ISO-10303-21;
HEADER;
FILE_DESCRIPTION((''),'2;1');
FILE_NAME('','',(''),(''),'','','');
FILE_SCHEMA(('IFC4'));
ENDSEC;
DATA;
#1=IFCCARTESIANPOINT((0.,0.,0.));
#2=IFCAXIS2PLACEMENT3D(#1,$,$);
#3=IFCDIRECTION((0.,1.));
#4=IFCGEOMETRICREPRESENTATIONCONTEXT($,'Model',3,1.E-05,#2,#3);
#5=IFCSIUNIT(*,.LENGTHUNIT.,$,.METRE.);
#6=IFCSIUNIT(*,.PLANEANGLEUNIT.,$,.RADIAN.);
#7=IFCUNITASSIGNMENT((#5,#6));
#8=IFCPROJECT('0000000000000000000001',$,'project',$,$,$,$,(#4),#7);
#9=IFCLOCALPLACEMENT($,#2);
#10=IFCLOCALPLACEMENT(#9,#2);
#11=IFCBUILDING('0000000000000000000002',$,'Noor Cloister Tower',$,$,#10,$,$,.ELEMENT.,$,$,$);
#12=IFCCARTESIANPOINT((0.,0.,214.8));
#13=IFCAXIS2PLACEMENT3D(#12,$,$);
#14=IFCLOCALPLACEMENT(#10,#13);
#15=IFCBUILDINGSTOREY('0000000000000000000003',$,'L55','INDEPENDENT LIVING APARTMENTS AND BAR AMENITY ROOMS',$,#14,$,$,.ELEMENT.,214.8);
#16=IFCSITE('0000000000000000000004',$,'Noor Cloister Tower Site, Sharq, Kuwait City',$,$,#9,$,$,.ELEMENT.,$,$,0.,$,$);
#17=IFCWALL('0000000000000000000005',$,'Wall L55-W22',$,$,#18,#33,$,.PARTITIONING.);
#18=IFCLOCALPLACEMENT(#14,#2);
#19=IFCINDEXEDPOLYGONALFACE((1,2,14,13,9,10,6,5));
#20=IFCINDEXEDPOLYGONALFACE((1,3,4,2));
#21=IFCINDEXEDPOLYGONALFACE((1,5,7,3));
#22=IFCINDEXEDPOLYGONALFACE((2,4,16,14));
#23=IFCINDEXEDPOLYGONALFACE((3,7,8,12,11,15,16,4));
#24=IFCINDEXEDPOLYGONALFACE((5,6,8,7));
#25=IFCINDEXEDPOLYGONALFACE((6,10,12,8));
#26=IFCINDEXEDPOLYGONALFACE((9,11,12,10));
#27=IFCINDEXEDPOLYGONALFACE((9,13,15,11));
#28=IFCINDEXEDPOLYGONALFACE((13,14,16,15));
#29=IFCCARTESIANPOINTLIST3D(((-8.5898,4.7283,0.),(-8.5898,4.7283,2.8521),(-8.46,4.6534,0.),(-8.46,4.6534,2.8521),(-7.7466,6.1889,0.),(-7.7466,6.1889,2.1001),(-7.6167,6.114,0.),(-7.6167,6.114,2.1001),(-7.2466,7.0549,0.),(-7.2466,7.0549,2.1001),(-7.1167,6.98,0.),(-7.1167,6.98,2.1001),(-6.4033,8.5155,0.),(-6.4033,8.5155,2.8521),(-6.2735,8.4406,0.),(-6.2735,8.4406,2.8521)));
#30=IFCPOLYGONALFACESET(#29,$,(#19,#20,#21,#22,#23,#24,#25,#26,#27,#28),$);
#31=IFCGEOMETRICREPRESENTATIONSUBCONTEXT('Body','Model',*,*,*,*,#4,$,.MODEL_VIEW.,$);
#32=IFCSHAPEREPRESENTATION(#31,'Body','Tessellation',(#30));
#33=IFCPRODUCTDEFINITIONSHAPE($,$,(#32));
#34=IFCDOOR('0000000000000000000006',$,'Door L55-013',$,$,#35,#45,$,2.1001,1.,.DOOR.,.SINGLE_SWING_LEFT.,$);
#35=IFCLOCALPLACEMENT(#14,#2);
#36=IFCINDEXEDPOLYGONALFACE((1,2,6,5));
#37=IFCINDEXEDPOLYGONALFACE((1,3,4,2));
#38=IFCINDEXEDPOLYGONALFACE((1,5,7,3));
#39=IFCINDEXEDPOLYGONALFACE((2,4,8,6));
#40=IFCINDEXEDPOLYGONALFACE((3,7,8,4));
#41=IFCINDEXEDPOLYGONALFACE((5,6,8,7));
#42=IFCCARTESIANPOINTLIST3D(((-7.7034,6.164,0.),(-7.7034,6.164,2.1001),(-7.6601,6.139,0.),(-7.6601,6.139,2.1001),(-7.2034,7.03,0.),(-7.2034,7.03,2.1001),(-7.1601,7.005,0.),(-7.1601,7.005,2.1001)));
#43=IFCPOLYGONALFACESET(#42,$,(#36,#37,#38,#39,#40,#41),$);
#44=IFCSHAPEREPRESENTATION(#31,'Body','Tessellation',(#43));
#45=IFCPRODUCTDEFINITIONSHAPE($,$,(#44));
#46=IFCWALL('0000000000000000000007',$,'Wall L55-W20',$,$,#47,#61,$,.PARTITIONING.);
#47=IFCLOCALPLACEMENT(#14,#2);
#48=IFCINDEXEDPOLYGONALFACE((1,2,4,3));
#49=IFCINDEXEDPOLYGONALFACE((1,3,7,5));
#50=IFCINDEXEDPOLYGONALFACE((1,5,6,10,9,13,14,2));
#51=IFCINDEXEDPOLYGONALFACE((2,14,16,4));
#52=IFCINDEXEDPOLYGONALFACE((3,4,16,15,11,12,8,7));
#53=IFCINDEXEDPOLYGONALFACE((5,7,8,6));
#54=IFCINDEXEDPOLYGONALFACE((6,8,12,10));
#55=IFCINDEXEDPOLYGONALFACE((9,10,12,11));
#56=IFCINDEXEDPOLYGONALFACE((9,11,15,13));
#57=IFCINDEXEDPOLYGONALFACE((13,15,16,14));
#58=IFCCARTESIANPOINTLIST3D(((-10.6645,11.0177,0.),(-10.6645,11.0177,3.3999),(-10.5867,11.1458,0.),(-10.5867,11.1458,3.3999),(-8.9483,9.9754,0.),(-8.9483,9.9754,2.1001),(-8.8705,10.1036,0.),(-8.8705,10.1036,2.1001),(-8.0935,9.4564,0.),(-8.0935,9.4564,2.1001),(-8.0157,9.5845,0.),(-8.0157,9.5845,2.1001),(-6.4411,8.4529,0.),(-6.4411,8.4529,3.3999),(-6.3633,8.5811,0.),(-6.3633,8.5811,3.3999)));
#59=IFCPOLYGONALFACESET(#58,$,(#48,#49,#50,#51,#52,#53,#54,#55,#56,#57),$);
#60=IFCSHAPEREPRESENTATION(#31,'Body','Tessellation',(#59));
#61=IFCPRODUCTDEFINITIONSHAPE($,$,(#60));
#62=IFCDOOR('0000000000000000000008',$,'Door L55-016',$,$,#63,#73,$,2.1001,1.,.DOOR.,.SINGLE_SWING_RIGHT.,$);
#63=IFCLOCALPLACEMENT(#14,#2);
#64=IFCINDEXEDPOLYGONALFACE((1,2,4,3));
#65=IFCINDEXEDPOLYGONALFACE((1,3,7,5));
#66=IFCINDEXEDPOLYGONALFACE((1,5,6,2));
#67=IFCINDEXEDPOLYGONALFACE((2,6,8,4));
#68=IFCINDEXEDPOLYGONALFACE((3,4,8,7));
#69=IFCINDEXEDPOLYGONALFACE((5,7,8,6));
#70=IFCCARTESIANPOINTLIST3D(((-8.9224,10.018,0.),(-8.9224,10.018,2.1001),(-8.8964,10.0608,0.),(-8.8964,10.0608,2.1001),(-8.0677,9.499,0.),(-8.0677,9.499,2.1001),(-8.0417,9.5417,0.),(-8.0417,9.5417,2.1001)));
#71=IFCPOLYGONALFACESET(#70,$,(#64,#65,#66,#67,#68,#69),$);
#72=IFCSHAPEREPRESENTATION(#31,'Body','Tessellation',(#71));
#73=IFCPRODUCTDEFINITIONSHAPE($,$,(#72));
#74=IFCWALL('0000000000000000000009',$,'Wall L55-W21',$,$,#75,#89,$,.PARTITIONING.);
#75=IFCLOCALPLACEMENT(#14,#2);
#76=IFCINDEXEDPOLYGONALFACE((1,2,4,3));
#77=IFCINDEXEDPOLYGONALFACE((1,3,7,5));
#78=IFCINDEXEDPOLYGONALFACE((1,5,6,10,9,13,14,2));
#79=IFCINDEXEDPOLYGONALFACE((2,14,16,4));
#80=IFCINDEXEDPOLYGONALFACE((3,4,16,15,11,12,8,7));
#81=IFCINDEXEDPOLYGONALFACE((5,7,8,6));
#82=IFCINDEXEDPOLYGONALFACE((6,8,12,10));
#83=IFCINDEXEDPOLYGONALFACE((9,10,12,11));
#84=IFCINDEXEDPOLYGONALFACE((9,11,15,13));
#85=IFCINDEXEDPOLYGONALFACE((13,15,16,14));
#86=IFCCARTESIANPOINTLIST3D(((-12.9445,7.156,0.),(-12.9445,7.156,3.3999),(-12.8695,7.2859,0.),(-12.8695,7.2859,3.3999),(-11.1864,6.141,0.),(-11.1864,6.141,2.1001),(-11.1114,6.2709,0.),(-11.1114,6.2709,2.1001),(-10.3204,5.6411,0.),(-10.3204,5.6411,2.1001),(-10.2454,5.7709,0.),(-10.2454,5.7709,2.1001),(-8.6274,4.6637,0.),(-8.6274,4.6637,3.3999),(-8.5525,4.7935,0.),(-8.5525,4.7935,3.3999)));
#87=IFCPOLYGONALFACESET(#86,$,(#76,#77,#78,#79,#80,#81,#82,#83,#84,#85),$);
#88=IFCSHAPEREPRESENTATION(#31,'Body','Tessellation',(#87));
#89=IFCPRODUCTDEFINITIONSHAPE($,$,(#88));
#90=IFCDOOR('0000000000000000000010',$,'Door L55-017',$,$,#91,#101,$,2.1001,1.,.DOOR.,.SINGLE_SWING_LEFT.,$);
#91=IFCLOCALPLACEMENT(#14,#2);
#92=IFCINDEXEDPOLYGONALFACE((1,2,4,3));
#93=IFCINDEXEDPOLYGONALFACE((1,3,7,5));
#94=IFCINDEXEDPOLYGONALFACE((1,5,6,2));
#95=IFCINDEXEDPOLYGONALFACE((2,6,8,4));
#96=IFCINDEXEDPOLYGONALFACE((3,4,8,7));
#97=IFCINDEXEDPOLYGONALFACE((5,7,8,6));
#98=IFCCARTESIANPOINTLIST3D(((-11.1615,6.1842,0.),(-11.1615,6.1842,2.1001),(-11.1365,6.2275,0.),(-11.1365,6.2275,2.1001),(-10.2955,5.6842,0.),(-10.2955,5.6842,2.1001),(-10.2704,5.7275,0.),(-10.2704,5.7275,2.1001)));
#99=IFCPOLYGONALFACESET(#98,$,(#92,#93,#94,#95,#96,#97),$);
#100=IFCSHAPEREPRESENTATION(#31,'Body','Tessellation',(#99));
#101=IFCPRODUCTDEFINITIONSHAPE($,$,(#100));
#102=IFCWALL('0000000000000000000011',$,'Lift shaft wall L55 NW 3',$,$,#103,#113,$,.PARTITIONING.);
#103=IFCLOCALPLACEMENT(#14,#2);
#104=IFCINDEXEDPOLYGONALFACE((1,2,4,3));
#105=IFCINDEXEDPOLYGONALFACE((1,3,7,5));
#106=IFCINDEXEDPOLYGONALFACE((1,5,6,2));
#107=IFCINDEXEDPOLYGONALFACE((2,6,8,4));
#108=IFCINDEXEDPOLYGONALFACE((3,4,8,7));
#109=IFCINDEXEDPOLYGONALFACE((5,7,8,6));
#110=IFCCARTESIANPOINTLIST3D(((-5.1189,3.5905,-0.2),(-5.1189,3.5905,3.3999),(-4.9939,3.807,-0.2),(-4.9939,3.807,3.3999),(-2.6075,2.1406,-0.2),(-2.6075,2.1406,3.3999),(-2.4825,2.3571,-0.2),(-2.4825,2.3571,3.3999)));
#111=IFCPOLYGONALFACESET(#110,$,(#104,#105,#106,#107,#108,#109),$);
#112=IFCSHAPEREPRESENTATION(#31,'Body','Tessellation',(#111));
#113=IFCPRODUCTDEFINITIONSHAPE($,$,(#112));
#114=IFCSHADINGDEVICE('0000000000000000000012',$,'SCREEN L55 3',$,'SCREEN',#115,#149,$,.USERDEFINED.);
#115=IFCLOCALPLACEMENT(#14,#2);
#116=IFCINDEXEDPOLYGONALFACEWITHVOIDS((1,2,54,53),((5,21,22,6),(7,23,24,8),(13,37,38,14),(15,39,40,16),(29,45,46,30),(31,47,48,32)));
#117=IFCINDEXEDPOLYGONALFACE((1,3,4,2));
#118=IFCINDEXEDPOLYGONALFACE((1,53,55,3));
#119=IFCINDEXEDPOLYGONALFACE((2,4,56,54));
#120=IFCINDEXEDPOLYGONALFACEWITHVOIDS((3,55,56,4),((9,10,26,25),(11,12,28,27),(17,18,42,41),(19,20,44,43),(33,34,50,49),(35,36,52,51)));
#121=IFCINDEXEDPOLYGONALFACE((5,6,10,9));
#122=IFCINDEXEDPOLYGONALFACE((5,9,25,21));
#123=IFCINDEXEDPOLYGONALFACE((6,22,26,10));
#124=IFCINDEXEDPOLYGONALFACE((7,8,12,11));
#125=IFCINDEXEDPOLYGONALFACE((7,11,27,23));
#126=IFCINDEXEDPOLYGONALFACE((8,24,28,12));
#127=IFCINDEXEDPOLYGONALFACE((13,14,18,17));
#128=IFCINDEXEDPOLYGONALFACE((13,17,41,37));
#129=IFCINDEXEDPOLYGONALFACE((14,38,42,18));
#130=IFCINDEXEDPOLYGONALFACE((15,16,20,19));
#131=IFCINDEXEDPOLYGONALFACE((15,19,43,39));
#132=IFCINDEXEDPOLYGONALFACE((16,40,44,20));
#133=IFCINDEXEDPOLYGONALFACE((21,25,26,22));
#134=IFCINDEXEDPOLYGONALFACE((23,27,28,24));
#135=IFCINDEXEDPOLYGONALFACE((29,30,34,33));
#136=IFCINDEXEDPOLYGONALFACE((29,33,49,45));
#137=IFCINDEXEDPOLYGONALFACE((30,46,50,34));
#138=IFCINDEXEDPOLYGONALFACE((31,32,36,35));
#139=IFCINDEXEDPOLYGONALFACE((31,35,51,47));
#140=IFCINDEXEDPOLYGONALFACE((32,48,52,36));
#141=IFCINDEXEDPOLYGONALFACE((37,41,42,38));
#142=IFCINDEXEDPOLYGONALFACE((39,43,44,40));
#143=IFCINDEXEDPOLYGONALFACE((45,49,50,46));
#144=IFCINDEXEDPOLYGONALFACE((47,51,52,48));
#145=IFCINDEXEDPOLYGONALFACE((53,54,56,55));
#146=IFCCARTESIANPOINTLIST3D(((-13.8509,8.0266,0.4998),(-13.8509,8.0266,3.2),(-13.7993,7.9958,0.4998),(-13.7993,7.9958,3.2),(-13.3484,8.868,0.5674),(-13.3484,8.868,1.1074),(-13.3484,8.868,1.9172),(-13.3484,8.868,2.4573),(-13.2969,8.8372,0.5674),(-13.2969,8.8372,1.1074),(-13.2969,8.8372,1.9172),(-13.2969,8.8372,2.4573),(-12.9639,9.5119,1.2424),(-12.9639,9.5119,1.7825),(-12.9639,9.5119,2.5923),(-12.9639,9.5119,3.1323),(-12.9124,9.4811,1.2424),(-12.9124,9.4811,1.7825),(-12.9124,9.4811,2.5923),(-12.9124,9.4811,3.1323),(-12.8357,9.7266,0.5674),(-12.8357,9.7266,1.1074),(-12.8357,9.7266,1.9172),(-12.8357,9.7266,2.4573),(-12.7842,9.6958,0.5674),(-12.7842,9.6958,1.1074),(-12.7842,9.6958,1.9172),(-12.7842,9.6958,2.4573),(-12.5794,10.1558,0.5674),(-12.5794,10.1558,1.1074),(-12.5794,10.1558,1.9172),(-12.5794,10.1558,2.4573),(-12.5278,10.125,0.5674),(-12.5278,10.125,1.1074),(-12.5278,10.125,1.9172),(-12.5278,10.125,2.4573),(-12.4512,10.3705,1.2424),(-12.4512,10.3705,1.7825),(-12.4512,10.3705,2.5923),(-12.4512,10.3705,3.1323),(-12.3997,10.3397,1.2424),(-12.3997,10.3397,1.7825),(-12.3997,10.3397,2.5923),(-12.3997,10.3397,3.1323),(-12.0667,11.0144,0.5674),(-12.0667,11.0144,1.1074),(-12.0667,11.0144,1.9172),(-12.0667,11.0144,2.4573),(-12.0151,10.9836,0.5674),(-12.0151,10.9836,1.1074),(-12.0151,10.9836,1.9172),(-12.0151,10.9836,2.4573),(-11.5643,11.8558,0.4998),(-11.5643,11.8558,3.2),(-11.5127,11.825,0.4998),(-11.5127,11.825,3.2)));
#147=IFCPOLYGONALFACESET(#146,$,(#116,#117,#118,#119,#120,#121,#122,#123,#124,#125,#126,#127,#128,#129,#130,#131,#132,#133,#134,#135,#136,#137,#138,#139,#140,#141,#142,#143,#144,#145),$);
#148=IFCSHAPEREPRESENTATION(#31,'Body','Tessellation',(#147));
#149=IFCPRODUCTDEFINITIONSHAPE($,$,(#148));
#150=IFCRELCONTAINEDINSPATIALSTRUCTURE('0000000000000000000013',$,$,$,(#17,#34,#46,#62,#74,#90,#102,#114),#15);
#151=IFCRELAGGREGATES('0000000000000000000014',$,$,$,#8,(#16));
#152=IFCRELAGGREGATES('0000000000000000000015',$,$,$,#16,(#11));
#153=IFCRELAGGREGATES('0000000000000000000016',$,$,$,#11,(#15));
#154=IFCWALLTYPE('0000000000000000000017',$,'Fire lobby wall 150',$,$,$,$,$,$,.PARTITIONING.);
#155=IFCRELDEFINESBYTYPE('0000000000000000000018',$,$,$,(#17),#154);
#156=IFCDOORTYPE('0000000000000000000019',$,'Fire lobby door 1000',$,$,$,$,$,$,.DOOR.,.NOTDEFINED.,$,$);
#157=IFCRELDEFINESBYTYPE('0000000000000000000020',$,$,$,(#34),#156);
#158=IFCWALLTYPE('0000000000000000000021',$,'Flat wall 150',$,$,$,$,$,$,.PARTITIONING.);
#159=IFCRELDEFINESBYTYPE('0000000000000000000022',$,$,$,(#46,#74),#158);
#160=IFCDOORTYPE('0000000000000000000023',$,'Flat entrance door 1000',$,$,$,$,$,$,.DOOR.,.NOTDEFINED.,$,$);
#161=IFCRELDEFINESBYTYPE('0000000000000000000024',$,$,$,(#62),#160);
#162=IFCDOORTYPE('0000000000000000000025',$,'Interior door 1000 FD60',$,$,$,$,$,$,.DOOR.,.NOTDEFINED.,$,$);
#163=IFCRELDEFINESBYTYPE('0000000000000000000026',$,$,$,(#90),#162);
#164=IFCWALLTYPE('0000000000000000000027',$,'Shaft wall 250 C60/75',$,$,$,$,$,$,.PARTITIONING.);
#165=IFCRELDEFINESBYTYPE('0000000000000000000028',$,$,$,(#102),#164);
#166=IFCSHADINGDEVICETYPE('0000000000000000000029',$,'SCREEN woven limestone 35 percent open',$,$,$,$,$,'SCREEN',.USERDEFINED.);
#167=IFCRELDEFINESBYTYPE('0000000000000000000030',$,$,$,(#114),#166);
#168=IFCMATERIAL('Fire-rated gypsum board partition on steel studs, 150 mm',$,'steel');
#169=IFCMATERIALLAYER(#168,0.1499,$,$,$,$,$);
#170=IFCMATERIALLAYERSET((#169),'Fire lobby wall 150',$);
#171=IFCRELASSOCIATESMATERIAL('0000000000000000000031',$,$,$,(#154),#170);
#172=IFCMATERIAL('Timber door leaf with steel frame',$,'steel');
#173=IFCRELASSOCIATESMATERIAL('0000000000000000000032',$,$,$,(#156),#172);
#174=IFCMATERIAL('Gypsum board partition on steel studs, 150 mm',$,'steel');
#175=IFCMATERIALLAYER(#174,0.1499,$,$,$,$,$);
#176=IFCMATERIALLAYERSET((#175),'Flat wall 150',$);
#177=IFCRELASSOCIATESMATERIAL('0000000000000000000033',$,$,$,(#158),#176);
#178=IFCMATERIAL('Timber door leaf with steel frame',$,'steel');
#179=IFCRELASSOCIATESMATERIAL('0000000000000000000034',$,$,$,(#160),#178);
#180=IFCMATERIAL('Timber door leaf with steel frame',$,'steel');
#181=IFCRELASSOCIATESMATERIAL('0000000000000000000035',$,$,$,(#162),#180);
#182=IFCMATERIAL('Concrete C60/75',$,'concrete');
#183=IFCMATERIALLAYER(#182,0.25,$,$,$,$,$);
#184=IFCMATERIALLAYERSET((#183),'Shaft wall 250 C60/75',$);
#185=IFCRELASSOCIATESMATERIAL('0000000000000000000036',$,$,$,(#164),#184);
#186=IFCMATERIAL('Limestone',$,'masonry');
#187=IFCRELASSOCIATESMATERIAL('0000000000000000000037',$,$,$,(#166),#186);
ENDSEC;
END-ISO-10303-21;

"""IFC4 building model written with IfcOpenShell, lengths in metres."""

from ifc_helpers import new_model, si_unit, direction, frame, frame_2d, origin, place, context, subcontext, project, spatial, polyline, rectangle, outline, extrude, material, layer, layer_set, material_profile, profile_set, type_object, element, fill, save


model = new_model("IFC4")

# Units and contexts
model_context = context("Model", 3, precision=1e-05, world=origin(), true_north=direction((0.0, 1.0)))
body_context = subcontext(model_context, "Body", "Model", "MODEL_VIEW")
ifc_project = project(units=[si_unit("LENGTHUNIT", "METRE"), si_unit("PLANEANGLEUNIT", "RADIAN")], contexts=[model_context])

# Site, building, storey
site_placement = place(None, origin())
site = spatial("IfcSite", under=ifc_project, at=site_placement, Name="Noor Cloister Tower Site, Sharq, Kuwait City", CompositionType="ELEMENT", RefElevation=0.0)
building_placement = place(site_placement, origin())
building = spatial("IfcBuilding", under=site, at=building_placement, Name="Noor Cloister Tower", CompositionType="ELEMENT")
storey_placement = place(building_placement, frame((0.0, 0.0, 214.8)))
storey = spatial("IfcBuildingStorey", under=building, at=storey_placement, Name="L55", Description="INDEPENDENT LIVING APARTMENTS AND BAR AMENITY ROOMS", CompositionType="ELEMENT", Elevation=214.8)

# Shared definitions
ifc_material_1 = material(Name="Fire-rated gypsum board partition on steel studs, 150 mm", Category="steel")
ifc_layer_1 = layer(ifc_material_1, 0.1499)
ifc_layer_set_1 = layer_set([ifc_layer_1], Name="Fire lobby wall 150")
wall_type_1 = type_object("IfcWallType", Name="Fire lobby wall 150", PredefinedType="PARTITIONING", material=ifc_layer_set_1)

# Walls, openings, doors
wall_1_placement = place(storey_placement, frame((-6.3384, 8.478, 0.0), z_axis=(0.0, 0.0, 1.0), x_axis=(-0.500006, -0.866022, 0.0)))
wall_1 = element("IfcWall", 1, at=wall_1_placement, inside=storey, type_object=wall_type_1, Name="Wall L55-W22", PredefinedType="PARTITIONING", context=body_context, shape_type="SweptSolid", body=[
    extrude(rectangle(XDim=4.373, YDim=0.1499, at=frame_2d((2.1865, 0.0))), origin(), (0.0, 0.0, 1.0), 2.8521),
])
opening_1_placement = place(wall_1_placement, frame((1.6865, 0.0, 0.0)))
opening_1 = element("IfcOpeningElement", 2, at=opening_1_placement, cuts=wall_1, PredefinedType="OPENING", context=body_context, shape_type="SweptSolid", body=[
    extrude(rectangle(XDim=1.0, YDim=2.1001, at=frame_2d((0.5, 1.05))), frame((0.0, 0.085, 0.0), z_axis=(0.0, -1.0, 0.0), x_axis=(1.0, 0.0, 0.0)), (0.0, 0.0, 1.0), 0.1699),
])
ifc_material_2 = material(Name="Timber door leaf with steel frame", Category="steel")
door_type_1 = type_object("IfcDoorType", Name="Fire lobby door 1000", OperationType="NOTDEFINED", PredefinedType="DOOR", material=ifc_material_2)
door_1_placement = place(opening_1_placement, origin())
door_1 = element("IfcDoor", 3, at=door_1_placement, inside=storey, type_object=door_type_1, Name="Door L55-013", OperationType="SINGLE_SWING_LEFT", OverallHeight=2.1001, OverallWidth=1.0, PredefinedType="DOOR", context=body_context, shape_type="SweptSolid", body=[
    extrude(rectangle(XDim=1.0, YDim=2.1001, at=frame_2d((0.5, 1.05))), frame((0.0, 0.0249, 0.0), z_axis=(0.0, -1.0, 0.0), x_axis=(1.0, 0.0, 0.0)), (0.0, 0.0, 1.0), 0.05),
])
fill(opening_1, door_1)
ifc_material_3 = material(Name="Gypsum board partition on steel studs, 150 mm", Category="steel")
ifc_layer_2 = layer(ifc_material_3, 0.1499)
ifc_layer_set_2 = layer_set([ifc_layer_2], Name="Flat wall 150")
wall_type_2 = type_object("IfcWallType", Name="Flat wall 150", PredefinedType="PARTITIONING", material=ifc_layer_set_2)
wall_2_placement = place(storey_placement, frame((-10.6257, 11.0818, 0.0), z_axis=(0.0, 0.0, 1.0), x_axis=(0.854743, -0.519052, 0.0)))
wall_2 = element("IfcWall", 4, at=wall_2_placement, inside=storey, type_object=wall_type_2, Name="Wall L55-W20", PredefinedType="PARTITIONING", context=body_context, shape_type="SweptSolid", body=[
    extrude(rectangle(XDim=4.9412, YDim=0.1499, at=frame_2d((2.4707, 0.0))), origin(), (0.0, 0.0, 1.0), 3.3999),
])
opening_2_placement = place(wall_2_placement, frame((2.0081, 0.0, 0.0)))
opening_2 = element("IfcOpeningElement", 5, at=opening_2_placement, cuts=wall_2, PredefinedType="OPENING", context=body_context, shape_type="SweptSolid", body=[
    extrude(rectangle(XDim=1.0, YDim=2.1001, at=frame_2d((0.5, 1.05))), frame((0.0, 0.085, 0.0), z_axis=(0.0, -1.0, 0.0), x_axis=(1.0, 0.0, 0.0)), (0.0, 0.0, 1.0), 0.1699),
])
ifc_material_4 = material(Name="Timber door leaf with steel frame", Category="steel")
door_type_2 = type_object("IfcDoorType", Name="Flat entrance door 1000", OperationType="NOTDEFINED", PredefinedType="DOOR", material=ifc_material_4)
door_2_placement = place(opening_2_placement, origin())
door_2 = element("IfcDoor", 6, at=door_2_placement, inside=storey, type_object=door_type_2, Name="Door L55-016", OperationType="SINGLE_SWING_RIGHT", OverallHeight=2.1001, OverallWidth=1.0, PredefinedType="DOOR", context=body_context, shape_type="SweptSolid", body=[
    extrude(rectangle(XDim=1.0, YDim=2.1001, at=frame_2d((0.5, 1.05))), frame((0.0, 0.0249, 0.0), z_axis=(0.0, -1.0, 0.0), x_axis=(1.0, 0.0, 0.0)), (0.0, 0.0, 1.0), 0.05),
])
fill(opening_2, door_2)
wall_3_placement = place(storey_placement, frame((-12.907, 7.2209, 0.0), z_axis=(0.0, 0.0, 1.0), x_axis=(0.866031, -0.49999, 0.0)))
wall_3 = element("IfcWall", 7, at=wall_3_placement, inside=storey, type_object=wall_type_2, Name="Wall L55-W21", PredefinedType="PARTITIONING", context=body_context, shape_type="SweptSolid", body=[
    extrude(rectangle(XDim=4.9849, YDim=0.1499, at=frame_2d((2.4924, 0.0))), origin(), (0.0, 0.0, 1.0), 3.3999),
])
opening_3_placement = place(wall_3_placement, frame((2.03, 0.0, 0.0)))
opening_3 = element("IfcOpeningElement", 8, at=opening_3_placement, cuts=wall_3, PredefinedType="OPENING", context=body_context, shape_type="SweptSolid", body=[
    extrude(rectangle(XDim=1.0, YDim=2.1001, at=frame_2d((0.5, 1.05))), frame((0.0, 0.085, 0.0), z_axis=(0.0, -1.0, 0.0), x_axis=(1.0, 0.0, 0.0)), (0.0, 0.0, 1.0), 0.1699),
])
ifc_material_5 = material(Name="Timber door leaf with steel frame", Category="steel")
door_type_3 = type_object("IfcDoorType", Name="Interior door 1000 FD60", OperationType="NOTDEFINED", PredefinedType="DOOR", material=ifc_material_5)
door_3_placement = place(opening_3_placement, origin())
door_3 = element("IfcDoor", 9, at=door_3_placement, inside=storey, type_object=door_type_3, Name="Door L55-017", OperationType="SINGLE_SWING_LEFT", OverallHeight=2.1001, OverallWidth=1.0, PredefinedType="DOOR", context=body_context, shape_type="SweptSolid", body=[
    extrude(rectangle(XDim=1.0, YDim=2.1001, at=frame_2d((0.5, 1.05))), frame((0.0, 0.0249, 0.0), z_axis=(0.0, -1.0, 0.0), x_axis=(1.0, 0.0, 0.0)), (0.0, 0.0, 1.0), 0.05),
])
fill(opening_3, door_3)

# Wall
ifc_material_6 = material(Name="Concrete C60/75", Category="concrete")
ifc_layer_3 = layer(ifc_material_6, 0.25)
ifc_layer_set_3 = layer_set([ifc_layer_3], Name="Shaft wall 250 C60/75")
wall_type_3 = type_object("IfcWallType", Name="Shaft wall 250 C60/75", PredefinedType="PARTITIONING", material=ifc_layer_set_3)
wall_4_placement = place(storey_placement, frame((-5.0564, 3.6987, -0.2), z_axis=(0.0, 0.0, 1.0), x_axis=(0.866033, -0.499987, 0.0)))
element("IfcWall", 10, at=wall_4_placement, inside=storey, type_object=wall_type_3, Name="Lift shaft wall L55 NW 3", PredefinedType="PARTITIONING", context=body_context, shape_type="SweptSolid", body=[
    extrude(rectangle(XDim=2.8999, YDim=0.25, at=frame_2d((1.45, 0.0))), origin(), (0.0, 0.0, 1.0), 3.5999),
])

# Shading device
ifc_material_7 = material(Name="Limestone", Category="masonry")
ifc_material_profile_1 = material_profile(ifc_material_7, outline(polyline([(-2.23, -1.3501), (2.23, -1.3501), (2.23, 1.3501), (-2.23, 1.3501), (-2.23, -1.3501)]), holes=[polyline([(-1.25, -1.2825), (-0.25, -1.2825), (-0.25, -0.7424), (-1.25, -0.7424), (-1.25, -1.2825)]), polyline([(0.25, -1.2825), (1.25, -1.2825), (1.25, -0.7424), (0.25, -0.7424), (0.25, -1.2825)]), polyline([(-0.5, -0.6074), (0.5, -0.6074), (0.5, -0.0674), (-0.5, -0.0674), (-0.5, -0.6074)]), polyline([(-1.25, 0.0674), (-0.25, 0.0674), (-0.25, 0.6074), (-1.25, 0.6074), (-1.25, 0.0674)]), polyline([(0.25, 0.0674), (1.25, 0.0674), (1.25, 0.6074), (0.25, 0.6074), (0.25, 0.0674)]), polyline([(-0.5, 0.7424), (0.5, 0.7424), (0.5, 1.2825), (-0.5, 1.2825), (-0.5, 0.7424)])]), Name="Woven screen 35 percent open")
ifc_profile_set_1 = profile_set([ifc_material_profile_1], Name="Limestone")
shading_device_type = type_object("IfcShadingDeviceType", Name="SCREEN woven limestone 35 percent open", ElementType="SCREEN", PredefinedType="USERDEFINED", material=ifc_profile_set_1)
shading_device_1_placement = place(storey_placement, frame((-12.656, 9.9104, 1.8499), z_axis=(-0.858568, 0.512699, 0.0), x_axis=(-0.512699, -0.858568, 0.0)))
element("IfcShadingDevice", 11, at=shading_device_1_placement, inside=storey, type_object=shading_device_type, Name="SCREEN L55 3", ObjectType="SCREEN", PredefinedType="USERDEFINED", context=body_context, shape_type="SweptSolid", body=[
    extrude(outline(polyline([(-2.23, -1.3501), (2.23, -1.3501), (2.23, 1.3501), (-2.23, 1.3501), (-2.23, -1.3501)]), holes=[polyline([(-1.25, -1.2825), (-0.25, -1.2825), (-0.25, -0.7424), (-1.25, -0.7424), (-1.25, -1.2825)]), polyline([(0.25, -1.2825), (1.25, -1.2825), (1.25, -0.7424), (0.25, -0.7424), (0.25, -1.2825)]), polyline([(-0.5, -0.6074), (0.5, -0.6074), (0.5, -0.0674), (-0.5, -0.0674), (-0.5, -0.6074)]), polyline([(-1.25, 0.0674), (-0.25, 0.0674), (-0.25, 0.6074), (-1.25, 0.6074), (-1.25, 0.0674)]), polyline([(0.25, 0.0674), (1.25, 0.0674), (1.25, 0.6074), (0.25, 0.6074), (0.25, 0.0674)]), polyline([(-0.5, 0.7424), (0.5, 0.7424), (0.5, 1.2825), (-0.5, 1.2825), (-0.5, 0.7424)])]), origin(), (0.0, 0.0, 1.0), 0.0601),
])

save(model, "model.ifc")
